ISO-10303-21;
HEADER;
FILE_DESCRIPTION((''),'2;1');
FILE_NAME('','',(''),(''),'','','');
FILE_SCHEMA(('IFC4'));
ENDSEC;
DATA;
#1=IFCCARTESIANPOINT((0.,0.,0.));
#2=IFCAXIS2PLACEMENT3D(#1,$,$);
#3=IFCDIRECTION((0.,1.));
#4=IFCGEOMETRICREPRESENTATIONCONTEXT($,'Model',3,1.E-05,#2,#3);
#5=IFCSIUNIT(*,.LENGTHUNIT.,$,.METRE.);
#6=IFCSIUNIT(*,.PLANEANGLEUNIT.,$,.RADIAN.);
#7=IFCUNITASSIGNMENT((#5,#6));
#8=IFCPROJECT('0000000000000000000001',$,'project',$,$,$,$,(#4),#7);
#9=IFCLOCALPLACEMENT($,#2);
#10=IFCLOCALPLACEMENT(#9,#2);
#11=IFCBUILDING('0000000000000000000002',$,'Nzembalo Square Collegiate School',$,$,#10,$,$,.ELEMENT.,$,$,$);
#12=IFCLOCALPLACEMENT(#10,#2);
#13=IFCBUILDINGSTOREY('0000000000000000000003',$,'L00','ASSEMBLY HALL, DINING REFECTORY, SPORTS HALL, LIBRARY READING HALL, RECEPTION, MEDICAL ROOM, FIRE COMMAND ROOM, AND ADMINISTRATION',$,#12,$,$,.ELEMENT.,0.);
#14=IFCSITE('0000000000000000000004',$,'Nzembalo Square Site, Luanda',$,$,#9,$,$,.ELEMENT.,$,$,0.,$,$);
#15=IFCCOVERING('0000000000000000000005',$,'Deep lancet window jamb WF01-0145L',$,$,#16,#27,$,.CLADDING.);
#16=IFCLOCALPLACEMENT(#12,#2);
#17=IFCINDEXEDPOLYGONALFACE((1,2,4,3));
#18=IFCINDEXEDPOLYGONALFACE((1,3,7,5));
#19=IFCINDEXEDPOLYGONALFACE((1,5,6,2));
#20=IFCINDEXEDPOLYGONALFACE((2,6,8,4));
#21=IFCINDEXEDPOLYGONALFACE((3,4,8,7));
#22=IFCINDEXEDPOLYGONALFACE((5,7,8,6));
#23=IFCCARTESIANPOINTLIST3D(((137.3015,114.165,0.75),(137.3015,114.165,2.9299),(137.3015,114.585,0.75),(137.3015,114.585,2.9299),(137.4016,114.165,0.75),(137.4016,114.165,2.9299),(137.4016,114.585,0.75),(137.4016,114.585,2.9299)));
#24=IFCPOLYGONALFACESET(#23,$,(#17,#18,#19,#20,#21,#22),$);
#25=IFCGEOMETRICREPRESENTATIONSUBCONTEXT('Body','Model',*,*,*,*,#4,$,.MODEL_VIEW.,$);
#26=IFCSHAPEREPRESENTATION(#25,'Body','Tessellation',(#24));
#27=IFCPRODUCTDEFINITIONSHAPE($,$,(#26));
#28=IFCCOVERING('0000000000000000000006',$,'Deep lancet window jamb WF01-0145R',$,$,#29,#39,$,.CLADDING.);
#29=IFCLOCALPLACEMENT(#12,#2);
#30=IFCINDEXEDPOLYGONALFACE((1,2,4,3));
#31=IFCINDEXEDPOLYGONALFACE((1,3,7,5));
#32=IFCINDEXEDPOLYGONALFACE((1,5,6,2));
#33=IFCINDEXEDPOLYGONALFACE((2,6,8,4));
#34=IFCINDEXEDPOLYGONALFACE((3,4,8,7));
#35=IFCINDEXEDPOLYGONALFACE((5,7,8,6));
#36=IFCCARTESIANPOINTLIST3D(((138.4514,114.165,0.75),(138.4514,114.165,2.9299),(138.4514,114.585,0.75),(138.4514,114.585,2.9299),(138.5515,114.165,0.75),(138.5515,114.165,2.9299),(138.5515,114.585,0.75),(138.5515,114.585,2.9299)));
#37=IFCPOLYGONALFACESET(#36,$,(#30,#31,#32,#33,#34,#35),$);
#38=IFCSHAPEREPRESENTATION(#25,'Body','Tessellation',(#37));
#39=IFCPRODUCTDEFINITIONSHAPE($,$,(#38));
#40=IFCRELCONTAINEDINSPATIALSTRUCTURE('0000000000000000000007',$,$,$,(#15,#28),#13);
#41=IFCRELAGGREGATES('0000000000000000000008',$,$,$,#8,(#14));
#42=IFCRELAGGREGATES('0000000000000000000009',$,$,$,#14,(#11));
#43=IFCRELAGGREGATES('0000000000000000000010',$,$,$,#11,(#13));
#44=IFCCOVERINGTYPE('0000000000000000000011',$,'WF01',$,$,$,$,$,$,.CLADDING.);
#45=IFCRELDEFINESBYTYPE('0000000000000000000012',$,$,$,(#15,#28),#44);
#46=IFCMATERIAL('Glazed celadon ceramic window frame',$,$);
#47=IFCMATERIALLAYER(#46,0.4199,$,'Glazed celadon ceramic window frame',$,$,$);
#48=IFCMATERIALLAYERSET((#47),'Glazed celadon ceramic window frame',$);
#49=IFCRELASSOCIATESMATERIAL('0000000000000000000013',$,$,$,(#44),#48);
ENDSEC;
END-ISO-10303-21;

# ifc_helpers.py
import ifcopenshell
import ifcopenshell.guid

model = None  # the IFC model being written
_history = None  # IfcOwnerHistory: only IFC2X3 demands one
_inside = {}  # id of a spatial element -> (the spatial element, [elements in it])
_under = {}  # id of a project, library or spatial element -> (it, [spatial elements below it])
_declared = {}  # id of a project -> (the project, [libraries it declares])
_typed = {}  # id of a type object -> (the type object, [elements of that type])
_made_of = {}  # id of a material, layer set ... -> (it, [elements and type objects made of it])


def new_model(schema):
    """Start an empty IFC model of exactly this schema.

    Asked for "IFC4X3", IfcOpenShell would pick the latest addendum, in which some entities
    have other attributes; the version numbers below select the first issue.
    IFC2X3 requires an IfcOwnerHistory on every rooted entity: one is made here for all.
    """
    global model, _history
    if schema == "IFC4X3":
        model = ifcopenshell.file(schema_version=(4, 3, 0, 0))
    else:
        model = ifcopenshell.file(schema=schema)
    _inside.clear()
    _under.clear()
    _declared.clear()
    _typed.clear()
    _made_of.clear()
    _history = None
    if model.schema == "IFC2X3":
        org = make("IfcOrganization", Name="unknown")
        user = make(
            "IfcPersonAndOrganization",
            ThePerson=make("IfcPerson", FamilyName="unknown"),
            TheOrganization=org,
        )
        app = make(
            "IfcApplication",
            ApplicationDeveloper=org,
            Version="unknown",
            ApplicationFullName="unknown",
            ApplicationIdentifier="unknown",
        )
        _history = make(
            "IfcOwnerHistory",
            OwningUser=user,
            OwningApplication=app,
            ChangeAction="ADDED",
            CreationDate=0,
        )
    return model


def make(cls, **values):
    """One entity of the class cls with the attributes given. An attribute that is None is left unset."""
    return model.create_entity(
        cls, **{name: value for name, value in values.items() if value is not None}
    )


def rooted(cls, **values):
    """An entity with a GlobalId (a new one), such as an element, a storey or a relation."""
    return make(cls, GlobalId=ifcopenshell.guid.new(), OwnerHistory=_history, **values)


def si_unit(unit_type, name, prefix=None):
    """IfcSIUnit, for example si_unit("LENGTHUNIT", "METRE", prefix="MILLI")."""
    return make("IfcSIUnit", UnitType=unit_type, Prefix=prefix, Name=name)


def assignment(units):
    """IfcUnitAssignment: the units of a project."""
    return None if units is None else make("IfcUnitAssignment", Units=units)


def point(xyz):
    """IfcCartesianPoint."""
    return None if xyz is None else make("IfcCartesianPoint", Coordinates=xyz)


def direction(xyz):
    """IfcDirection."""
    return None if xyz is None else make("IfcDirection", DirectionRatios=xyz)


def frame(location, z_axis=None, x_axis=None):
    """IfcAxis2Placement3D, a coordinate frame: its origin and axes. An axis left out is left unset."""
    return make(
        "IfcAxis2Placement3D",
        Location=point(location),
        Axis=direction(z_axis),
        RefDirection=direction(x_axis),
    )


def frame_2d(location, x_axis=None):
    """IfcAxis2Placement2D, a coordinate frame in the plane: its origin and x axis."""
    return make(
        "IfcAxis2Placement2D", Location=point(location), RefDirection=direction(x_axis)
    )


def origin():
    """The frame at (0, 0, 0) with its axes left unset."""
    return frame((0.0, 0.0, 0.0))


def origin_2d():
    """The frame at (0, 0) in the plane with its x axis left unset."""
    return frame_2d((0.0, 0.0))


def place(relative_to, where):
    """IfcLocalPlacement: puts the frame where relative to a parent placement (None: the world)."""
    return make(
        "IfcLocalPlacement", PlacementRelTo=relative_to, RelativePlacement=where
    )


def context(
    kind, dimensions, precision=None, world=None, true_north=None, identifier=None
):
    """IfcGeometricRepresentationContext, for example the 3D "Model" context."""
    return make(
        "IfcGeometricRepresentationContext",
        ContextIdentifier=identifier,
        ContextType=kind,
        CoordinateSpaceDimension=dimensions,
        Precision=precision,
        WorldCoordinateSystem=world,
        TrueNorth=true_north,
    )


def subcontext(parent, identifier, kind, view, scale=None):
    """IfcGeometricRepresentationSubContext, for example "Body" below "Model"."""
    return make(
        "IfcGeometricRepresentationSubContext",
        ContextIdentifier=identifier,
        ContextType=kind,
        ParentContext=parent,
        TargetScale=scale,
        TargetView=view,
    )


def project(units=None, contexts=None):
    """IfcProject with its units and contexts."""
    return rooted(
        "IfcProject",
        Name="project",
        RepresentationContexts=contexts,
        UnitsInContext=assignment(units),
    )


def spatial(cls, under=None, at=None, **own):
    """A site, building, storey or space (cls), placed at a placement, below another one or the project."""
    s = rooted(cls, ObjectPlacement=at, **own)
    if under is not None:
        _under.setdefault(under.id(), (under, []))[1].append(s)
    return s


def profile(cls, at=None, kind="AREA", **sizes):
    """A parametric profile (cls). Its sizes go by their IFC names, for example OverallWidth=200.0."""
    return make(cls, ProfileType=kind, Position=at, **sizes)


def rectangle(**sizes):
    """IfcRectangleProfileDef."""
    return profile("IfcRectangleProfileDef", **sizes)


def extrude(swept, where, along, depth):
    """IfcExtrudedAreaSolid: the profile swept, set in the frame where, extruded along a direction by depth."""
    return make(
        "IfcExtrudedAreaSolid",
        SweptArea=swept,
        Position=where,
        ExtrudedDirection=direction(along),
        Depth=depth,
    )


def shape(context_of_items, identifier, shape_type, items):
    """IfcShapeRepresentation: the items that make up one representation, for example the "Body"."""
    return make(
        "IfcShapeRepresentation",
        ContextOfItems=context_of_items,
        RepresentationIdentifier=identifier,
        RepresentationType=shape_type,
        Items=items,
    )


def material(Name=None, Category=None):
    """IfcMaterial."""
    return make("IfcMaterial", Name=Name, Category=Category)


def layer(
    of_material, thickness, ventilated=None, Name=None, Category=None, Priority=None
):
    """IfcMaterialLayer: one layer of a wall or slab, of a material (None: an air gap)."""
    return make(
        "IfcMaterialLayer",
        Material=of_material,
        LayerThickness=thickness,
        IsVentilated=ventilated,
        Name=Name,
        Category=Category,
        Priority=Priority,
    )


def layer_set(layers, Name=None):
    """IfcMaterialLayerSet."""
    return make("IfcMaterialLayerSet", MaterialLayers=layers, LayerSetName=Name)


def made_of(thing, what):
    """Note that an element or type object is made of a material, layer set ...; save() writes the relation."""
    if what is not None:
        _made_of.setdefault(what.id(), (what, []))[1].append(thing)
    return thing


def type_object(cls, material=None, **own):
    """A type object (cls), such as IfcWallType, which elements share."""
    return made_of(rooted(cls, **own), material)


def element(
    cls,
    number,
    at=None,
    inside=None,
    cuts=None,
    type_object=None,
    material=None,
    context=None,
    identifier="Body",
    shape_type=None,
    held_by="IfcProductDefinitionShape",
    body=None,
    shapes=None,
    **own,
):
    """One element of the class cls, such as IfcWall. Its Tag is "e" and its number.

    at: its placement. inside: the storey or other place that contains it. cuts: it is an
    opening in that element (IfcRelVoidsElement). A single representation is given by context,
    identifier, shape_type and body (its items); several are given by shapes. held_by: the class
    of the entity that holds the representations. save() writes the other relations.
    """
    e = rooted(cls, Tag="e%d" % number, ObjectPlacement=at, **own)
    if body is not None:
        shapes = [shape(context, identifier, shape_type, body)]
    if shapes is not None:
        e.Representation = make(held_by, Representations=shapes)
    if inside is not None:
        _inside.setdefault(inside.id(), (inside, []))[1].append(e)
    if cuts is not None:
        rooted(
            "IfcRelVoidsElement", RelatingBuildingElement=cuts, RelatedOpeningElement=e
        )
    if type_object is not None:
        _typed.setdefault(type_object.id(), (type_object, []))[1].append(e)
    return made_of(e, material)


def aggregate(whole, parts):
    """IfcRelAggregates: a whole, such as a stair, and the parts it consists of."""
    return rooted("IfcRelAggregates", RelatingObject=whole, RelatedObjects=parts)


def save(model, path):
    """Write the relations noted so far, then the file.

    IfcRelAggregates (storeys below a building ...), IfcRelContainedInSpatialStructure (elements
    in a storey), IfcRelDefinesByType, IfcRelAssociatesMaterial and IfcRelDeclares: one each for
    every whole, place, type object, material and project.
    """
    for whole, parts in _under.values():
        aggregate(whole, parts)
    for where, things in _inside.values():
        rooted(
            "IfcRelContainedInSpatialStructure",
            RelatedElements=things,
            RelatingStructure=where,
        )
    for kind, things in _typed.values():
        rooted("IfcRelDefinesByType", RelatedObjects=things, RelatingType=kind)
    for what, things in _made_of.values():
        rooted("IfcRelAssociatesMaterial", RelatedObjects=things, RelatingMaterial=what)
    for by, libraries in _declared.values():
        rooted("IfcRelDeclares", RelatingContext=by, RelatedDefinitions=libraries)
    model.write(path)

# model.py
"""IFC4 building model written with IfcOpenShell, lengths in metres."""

from ifc_helpers import new_model, si_unit, direction, frame, origin, origin_2d, place, context, subcontext, project, spatial, rectangle, extrude, material, layer, layer_set, type_object, element, save


model = new_model("IFC4")

# Units and contexts
model_context = context("Model", 3, precision=1e-05, world=origin(), true_north=direction((0.0, 1.0)))
body_context = subcontext(model_context, "Body", "Model", "MODEL_VIEW")
ifc_project = project(units=[si_unit("LENGTHUNIT", "METRE"), si_unit("PLANEANGLEUNIT", "RADIAN")], contexts=[model_context])

# Site, building, storey
site_placement = place(None, origin())
site = spatial("IfcSite", under=ifc_project, at=site_placement, Name="Nzembalo Square Site, Luanda", CompositionType="ELEMENT", RefElevation=0.0)
building_placement = place(site_placement, origin())
building = spatial("IfcBuilding", under=site, at=building_placement, Name="Nzembalo Square Collegiate School", CompositionType="ELEMENT")
storey_placement = place(building_placement, origin())
storey = spatial("IfcBuildingStorey", under=building, at=storey_placement, Name="L00", Description="ASSEMBLY HALL, DINING REFECTORY, SPORTS HALL, LIBRARY READING HALL, RECEPTION, MEDICAL ROOM, FIRE COMMAND ROOM, AND ADMINISTRATION", CompositionType="ELEMENT", Elevation=0.0)

# Coverings
ifc_material_1 = material(Name="Glazed celadon ceramic window frame")
ifc_layer_1 = layer(ifc_material_1, 0.4199, Name="Glazed celadon ceramic window frame")
ifc_layer_set_1 = layer_set([ifc_layer_1], Name="Glazed celadon ceramic window frame")
covering_type = type_object("IfcCoveringType", Name="WF01", PredefinedType="CLADDING", material=ifc_layer_set_1)
for number, where, z_axis, x_axis, name in (
    (1, (137.3516, 114.375, 0.75), (0.0, 0.0, 1.0), (1.0, 0.0, 0.0), "Deep lancet window jamb WF01-0145L"),
    (2, (138.5015, 114.375, 0.75), (0.0, 0.0, 1.0), (1.0, 0.0, 0.0), "Deep lancet window jamb WF01-0145R"),
):
    element("IfcCovering", number, at=place(storey_placement, frame(where, z_axis=z_axis, x_axis=x_axis)), inside=storey, type_object=covering_type, Name=name, PredefinedType="CLADDING", context=body_context, shape_type="SweptSolid", body=[
        extrude(rectangle(XDim=0.1001, YDim=0.4199, at=origin_2d()), origin(), (0.0, 0.0, 1.0), 2.1799),
    ])

save(model, "model.ifc")
